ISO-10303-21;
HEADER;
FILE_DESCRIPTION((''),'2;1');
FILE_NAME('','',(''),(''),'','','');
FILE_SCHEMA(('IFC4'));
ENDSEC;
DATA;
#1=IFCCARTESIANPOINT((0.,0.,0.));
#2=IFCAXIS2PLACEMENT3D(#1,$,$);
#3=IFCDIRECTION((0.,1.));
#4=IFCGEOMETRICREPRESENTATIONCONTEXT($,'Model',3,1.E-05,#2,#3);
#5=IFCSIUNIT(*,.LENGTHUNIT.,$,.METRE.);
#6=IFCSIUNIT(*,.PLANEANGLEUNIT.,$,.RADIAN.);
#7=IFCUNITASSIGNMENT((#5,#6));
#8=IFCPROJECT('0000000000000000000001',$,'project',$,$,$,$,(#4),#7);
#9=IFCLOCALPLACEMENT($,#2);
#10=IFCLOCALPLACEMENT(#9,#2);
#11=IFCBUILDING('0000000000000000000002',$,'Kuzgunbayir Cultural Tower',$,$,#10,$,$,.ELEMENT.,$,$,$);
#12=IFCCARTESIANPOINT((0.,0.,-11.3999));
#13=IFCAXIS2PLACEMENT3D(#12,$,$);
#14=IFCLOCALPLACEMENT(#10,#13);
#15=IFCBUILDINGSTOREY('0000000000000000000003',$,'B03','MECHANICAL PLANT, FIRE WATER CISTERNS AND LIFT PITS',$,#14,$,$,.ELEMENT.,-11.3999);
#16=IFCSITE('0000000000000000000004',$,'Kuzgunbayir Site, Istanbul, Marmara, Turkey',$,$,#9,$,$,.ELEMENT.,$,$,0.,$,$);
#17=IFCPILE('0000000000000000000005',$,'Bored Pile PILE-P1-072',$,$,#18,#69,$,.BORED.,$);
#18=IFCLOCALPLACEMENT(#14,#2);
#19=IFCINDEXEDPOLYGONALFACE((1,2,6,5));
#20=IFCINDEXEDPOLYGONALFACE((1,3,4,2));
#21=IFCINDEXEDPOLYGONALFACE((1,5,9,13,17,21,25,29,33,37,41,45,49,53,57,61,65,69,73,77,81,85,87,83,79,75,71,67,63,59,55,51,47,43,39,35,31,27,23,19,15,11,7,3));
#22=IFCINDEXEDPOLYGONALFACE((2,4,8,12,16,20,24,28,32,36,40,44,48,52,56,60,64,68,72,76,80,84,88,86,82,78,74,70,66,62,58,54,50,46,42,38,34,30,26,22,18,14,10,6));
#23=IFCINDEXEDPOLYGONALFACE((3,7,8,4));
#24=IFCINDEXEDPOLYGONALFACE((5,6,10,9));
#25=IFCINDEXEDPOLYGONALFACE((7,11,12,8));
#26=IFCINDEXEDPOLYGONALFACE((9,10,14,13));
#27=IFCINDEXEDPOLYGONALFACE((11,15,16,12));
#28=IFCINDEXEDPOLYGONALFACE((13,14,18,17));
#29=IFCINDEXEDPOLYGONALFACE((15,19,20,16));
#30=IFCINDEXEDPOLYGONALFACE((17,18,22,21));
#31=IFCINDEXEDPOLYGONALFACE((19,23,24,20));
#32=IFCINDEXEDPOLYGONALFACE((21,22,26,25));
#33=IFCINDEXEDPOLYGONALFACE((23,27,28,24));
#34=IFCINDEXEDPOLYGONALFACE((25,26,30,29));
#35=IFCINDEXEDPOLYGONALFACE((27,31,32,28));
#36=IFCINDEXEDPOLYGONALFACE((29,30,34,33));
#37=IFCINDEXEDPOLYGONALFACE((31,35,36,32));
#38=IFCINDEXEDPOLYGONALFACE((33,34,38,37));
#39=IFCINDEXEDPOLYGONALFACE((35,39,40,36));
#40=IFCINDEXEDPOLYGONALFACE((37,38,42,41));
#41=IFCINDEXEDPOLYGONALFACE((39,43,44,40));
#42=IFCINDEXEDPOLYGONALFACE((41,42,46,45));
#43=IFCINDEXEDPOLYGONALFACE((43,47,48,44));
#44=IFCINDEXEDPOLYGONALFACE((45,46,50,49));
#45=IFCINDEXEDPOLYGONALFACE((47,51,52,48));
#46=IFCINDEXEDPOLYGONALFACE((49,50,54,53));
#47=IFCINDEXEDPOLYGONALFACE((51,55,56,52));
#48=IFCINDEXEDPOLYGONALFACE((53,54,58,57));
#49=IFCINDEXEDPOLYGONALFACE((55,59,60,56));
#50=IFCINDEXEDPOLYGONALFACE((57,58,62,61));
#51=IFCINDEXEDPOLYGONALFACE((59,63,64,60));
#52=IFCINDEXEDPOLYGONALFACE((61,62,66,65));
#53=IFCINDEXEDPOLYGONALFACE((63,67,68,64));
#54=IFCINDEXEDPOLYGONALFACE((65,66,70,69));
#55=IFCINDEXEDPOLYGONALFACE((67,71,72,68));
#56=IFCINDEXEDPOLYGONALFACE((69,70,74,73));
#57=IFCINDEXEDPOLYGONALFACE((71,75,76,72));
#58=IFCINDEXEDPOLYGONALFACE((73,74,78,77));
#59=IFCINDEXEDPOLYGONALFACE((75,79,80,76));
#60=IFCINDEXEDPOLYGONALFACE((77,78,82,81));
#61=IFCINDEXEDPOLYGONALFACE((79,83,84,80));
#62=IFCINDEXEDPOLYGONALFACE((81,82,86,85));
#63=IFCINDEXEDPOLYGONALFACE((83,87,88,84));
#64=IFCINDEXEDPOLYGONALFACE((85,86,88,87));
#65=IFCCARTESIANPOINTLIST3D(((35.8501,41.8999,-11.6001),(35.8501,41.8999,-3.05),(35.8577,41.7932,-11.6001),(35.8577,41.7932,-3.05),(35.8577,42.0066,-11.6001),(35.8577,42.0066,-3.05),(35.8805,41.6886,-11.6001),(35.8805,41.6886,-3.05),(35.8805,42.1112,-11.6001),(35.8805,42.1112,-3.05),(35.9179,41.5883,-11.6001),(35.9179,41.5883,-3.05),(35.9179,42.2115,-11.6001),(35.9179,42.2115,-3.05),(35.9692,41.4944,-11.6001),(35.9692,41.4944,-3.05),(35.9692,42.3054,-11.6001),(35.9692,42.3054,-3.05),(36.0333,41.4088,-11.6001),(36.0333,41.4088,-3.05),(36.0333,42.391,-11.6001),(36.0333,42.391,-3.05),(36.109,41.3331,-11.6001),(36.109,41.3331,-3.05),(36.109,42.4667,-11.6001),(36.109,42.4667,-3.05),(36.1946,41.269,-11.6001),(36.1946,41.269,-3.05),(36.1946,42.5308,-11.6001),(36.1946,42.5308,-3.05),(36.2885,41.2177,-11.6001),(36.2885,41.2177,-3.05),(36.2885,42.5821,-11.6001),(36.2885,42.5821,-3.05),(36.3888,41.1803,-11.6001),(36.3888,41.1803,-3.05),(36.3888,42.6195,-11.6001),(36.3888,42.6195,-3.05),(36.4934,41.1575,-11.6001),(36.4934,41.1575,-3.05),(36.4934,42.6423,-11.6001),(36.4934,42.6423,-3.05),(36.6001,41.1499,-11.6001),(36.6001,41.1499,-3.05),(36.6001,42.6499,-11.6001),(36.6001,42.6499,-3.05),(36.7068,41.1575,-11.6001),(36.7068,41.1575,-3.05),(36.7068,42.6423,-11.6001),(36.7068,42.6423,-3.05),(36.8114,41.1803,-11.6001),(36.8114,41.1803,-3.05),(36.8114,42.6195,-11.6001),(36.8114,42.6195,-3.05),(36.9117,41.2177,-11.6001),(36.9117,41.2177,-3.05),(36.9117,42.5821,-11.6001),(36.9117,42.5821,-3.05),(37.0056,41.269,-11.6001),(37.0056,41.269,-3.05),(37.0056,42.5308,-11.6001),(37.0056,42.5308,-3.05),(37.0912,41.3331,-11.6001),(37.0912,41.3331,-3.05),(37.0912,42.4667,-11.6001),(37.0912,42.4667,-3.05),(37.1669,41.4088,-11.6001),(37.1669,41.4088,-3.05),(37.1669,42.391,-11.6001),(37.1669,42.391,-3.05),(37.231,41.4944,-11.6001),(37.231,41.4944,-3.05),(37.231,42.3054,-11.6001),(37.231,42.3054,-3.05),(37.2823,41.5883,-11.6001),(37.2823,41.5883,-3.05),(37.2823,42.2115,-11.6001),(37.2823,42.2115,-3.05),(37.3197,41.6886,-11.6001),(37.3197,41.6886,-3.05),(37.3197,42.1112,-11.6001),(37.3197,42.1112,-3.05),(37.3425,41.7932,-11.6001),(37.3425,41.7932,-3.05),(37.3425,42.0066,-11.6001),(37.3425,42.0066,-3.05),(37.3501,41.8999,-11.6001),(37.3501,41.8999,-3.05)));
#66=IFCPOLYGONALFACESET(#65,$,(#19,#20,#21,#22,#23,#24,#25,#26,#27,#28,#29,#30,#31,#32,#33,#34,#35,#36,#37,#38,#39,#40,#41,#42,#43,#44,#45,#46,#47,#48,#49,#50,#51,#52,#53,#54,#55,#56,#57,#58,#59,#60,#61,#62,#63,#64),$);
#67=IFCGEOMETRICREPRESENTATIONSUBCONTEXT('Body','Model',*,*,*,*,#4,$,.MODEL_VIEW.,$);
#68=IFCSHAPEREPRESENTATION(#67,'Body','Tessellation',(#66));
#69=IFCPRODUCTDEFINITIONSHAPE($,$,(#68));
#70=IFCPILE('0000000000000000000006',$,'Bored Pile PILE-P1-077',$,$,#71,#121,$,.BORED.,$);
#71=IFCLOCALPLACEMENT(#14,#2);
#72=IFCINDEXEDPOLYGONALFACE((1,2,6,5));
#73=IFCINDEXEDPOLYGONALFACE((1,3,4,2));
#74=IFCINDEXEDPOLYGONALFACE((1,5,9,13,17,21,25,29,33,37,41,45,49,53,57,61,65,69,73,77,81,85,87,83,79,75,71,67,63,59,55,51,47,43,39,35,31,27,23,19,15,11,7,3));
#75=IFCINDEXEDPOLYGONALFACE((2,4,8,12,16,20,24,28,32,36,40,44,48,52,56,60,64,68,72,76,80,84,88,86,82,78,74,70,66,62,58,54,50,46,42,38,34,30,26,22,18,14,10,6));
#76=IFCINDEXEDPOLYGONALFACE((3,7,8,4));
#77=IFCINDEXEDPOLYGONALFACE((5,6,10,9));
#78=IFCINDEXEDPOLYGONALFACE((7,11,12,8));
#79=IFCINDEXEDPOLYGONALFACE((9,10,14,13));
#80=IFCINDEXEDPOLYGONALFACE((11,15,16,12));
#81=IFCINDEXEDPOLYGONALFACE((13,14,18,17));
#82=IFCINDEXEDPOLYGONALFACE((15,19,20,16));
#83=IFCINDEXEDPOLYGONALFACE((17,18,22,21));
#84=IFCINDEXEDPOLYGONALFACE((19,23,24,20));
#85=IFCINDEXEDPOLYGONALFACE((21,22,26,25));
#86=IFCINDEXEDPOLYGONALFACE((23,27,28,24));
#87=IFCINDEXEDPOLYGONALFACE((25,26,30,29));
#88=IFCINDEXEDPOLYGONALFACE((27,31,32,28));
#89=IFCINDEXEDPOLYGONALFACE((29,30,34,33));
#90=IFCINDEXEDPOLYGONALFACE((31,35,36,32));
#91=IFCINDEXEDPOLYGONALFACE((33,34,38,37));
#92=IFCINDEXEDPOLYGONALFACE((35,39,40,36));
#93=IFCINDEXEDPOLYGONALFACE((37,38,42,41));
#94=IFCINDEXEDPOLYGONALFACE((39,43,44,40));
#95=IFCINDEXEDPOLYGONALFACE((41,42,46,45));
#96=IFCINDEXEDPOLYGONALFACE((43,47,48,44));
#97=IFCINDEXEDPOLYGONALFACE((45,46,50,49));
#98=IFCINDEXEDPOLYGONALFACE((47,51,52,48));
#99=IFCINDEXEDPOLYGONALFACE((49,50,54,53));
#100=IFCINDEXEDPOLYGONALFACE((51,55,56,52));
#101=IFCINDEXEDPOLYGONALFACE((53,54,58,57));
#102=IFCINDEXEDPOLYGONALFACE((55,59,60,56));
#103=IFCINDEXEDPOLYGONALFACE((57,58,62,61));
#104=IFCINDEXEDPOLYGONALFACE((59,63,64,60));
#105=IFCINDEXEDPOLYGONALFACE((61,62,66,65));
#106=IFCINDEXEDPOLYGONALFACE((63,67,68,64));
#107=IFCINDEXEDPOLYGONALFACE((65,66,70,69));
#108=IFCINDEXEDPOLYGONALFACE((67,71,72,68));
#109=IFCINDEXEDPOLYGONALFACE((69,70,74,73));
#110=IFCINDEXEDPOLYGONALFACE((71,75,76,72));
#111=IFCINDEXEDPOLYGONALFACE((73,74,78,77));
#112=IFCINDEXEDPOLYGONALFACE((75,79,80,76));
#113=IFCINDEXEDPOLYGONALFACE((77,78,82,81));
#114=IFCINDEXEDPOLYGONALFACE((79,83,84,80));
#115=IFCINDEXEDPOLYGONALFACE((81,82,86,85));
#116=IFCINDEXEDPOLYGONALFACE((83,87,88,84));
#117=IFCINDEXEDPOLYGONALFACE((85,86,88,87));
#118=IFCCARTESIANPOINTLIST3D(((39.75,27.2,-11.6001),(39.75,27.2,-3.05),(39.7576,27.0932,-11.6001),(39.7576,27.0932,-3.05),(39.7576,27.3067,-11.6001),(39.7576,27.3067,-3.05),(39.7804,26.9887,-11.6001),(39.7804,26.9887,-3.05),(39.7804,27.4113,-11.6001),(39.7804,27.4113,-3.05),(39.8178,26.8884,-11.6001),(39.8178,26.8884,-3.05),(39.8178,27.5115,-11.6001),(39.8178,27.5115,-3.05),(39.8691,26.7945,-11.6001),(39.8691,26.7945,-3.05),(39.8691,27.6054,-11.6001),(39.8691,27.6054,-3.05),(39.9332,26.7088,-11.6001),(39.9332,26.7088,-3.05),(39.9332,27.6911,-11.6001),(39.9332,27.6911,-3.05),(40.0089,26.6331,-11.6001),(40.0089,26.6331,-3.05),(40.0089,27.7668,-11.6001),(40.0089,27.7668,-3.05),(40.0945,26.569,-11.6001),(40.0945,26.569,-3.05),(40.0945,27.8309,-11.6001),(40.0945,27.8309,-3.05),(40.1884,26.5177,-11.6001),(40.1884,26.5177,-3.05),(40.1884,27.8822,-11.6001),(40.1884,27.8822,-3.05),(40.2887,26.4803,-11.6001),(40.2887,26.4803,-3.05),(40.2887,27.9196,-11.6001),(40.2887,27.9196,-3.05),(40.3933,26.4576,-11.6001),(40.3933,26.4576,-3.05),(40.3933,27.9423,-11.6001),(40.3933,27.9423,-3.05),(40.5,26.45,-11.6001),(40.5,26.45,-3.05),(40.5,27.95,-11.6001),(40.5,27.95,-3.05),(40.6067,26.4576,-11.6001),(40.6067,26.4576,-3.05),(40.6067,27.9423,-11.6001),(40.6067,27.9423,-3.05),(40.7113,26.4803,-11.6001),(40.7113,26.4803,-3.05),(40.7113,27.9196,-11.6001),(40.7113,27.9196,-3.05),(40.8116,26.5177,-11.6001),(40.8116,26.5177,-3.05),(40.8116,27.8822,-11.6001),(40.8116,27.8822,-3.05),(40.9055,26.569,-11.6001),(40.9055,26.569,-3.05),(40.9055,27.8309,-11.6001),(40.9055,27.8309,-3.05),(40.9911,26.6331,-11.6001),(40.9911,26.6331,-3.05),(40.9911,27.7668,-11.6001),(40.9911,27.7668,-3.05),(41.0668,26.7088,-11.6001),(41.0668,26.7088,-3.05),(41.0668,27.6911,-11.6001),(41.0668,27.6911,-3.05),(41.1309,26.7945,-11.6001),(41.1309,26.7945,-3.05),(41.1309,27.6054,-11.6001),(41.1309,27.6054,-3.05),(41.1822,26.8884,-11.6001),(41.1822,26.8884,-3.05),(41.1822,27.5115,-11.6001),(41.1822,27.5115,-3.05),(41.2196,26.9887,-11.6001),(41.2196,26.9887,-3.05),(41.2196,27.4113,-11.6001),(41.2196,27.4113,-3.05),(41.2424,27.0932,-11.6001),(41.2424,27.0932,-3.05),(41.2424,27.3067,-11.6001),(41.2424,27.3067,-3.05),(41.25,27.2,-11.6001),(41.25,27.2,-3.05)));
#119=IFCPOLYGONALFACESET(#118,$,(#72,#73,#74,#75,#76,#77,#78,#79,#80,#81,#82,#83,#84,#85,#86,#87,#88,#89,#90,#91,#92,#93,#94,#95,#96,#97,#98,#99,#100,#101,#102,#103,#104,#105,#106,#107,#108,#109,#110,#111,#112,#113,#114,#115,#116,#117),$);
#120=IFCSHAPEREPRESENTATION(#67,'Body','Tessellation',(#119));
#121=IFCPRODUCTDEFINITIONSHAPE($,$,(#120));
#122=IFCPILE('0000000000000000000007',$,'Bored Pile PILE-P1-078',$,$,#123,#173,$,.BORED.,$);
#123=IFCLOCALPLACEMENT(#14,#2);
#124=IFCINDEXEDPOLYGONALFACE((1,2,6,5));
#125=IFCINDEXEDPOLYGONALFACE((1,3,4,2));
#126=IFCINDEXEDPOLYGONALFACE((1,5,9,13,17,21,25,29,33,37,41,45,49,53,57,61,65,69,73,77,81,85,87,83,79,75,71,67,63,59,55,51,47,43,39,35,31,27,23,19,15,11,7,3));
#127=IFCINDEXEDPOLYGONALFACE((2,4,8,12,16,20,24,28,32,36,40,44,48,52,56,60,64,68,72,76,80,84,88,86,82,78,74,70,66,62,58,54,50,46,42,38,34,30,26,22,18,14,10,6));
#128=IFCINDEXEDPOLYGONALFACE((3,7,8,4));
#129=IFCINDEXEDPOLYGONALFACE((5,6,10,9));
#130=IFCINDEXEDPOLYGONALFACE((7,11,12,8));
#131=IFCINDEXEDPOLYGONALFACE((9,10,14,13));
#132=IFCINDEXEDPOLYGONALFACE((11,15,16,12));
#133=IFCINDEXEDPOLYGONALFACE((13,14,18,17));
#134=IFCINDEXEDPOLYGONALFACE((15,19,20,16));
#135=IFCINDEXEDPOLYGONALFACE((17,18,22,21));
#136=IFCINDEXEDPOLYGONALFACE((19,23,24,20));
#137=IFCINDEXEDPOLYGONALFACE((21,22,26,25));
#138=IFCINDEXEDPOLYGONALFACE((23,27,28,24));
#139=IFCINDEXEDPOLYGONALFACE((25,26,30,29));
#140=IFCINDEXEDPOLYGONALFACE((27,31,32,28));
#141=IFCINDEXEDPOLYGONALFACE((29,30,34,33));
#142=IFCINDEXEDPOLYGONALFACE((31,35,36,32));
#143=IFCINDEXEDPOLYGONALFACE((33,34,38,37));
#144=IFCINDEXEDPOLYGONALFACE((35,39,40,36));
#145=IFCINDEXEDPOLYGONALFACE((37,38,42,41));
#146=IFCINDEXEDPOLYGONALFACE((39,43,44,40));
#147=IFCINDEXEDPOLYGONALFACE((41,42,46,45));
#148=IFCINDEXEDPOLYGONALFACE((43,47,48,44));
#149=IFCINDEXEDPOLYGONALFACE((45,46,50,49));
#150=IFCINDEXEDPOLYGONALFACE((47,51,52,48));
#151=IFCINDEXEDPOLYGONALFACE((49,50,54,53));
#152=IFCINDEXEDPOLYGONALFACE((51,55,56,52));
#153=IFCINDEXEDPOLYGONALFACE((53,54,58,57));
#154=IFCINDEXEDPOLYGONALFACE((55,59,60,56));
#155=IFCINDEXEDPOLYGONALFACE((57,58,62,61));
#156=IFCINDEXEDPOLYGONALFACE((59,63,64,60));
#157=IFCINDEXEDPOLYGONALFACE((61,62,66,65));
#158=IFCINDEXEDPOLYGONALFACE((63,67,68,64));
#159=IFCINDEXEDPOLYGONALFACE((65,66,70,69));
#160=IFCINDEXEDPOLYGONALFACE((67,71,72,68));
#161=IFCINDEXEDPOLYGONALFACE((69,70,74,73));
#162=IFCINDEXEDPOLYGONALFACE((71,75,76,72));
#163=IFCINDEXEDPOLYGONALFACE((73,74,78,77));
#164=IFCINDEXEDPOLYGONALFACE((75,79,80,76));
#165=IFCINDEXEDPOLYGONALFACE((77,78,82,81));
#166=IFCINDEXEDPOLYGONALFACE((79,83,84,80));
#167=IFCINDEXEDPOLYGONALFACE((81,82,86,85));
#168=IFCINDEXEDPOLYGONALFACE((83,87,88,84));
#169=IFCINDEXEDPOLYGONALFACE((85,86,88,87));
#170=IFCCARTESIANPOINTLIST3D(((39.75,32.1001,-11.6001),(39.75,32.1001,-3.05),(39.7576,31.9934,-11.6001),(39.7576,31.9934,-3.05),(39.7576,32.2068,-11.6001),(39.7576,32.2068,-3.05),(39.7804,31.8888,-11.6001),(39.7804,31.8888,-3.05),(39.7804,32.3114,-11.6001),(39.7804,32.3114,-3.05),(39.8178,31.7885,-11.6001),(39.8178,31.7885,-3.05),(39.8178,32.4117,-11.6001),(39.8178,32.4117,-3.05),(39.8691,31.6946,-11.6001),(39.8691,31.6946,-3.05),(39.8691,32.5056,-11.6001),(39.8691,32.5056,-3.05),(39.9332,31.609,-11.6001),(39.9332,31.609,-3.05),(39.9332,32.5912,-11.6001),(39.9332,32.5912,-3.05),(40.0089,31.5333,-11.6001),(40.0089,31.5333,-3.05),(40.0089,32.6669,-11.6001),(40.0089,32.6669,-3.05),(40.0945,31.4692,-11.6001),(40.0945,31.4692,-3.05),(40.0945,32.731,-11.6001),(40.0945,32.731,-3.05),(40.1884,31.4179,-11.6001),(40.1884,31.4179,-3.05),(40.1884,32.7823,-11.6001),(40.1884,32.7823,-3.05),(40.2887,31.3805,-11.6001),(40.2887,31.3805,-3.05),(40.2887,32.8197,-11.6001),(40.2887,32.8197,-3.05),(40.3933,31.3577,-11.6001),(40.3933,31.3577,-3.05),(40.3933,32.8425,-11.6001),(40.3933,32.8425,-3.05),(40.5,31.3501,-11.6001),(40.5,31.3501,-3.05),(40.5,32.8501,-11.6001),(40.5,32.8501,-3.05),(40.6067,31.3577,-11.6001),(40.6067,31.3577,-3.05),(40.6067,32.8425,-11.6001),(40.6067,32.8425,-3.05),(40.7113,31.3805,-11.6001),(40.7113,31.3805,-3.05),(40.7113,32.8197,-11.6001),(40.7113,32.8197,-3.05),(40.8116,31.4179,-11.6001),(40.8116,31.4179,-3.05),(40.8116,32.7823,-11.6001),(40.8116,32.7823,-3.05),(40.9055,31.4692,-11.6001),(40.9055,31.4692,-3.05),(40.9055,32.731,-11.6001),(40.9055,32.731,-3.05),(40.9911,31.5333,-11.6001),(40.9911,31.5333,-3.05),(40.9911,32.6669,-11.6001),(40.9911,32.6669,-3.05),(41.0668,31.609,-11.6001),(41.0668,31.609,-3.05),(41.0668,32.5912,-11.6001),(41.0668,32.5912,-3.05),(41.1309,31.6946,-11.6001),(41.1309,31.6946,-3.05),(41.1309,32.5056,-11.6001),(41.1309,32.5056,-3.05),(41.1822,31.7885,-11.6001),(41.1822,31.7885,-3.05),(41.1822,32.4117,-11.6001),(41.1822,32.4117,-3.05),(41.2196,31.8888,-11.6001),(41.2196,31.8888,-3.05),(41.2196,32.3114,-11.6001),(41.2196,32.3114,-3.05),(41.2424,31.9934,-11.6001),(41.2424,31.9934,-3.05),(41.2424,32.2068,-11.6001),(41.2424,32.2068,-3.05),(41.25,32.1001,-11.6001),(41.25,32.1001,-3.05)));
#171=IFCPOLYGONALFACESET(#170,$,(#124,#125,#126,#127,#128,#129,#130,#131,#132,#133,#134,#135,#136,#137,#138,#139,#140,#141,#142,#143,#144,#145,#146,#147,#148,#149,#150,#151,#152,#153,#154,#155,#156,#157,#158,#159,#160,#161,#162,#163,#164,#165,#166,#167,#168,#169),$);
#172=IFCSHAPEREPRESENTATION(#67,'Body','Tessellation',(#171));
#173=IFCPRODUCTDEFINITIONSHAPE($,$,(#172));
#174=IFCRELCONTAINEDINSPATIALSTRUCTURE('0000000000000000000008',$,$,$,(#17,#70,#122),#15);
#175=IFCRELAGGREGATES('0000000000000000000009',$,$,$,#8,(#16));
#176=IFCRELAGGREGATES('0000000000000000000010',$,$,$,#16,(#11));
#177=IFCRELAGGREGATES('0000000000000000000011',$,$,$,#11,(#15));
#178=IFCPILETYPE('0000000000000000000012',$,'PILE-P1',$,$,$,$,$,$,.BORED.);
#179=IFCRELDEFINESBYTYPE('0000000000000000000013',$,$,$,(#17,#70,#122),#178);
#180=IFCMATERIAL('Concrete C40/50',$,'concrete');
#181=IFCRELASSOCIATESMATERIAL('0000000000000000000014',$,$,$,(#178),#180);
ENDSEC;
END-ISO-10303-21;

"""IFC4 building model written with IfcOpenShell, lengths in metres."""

from ifc_helpers import new_model, si_unit, direction, frame, origin, origin_2d, place, context, subcontext, project, spatial, circle, extrude, material, material_profile, profile_set, type_object, element, save


model = new_model("IFC4")

# Units and contexts
model_context = context("Model", 3, precision=1e-05, world=origin(), true_north=direction((0.0, 1.0)))
body_context = subcontext(model_context, "Body", "Model", "MODEL_VIEW")
ifc_project = project(units=[si_unit("LENGTHUNIT", "METRE"), si_unit("PLANEANGLEUNIT", "RADIAN")], contexts=[model_context])

# Site, building, storey
site_placement = place(None, origin())
site = spatial("IfcSite", under=ifc_project, at=site_placement, Name="Kuzgunbayir Site, Istanbul, Marmara, Turkey", CompositionType="ELEMENT", RefElevation=0.0)
building_placement = place(site_placement, origin())
building = spatial("IfcBuilding", under=site, at=building_placement, Name="Kuzgunbayir Cultural Tower", CompositionType="ELEMENT")
storey_placement = place(building_placement, frame((0.0, 0.0, -11.3999)))
storey = spatial("IfcBuildingStorey", under=building, at=storey_placement, Name="B03", Description="MECHANICAL PLANT, FIRE WATER CISTERNS AND LIFT PITS", CompositionType="ELEMENT", Elevation=-11.3999)

# Piles
ifc_material_1 = material(Name="Concrete C40/50", Category="concrete")
ifc_material_profile_1 = material_profile(ifc_material_1, circle(Radius=0.75, at=origin_2d()), Name="BORED PILE 1500")
ifc_profile_set_1 = profile_set([ifc_material_profile_1], Name="Concrete C40/50")
pile_type_1 = type_object("IfcPileType", Name="PILE-P1", PredefinedType="BORED", material=ifc_profile_set_1)
for number, where, z_axis, x_axis, name in (
    (1, (36.6001, 41.8999, -3.05), (0.0, 0.0, -1.0), (1.0, 0.0, 0.0), "Bored Pile PILE-P1-072"),
    (2, (40.5, 27.2, -3.05), (0.0, 0.0, -1.0), (1.0, 0.0, 0.0), "Bored Pile PILE-P1-077"),
    (3, (40.5, 32.1001, -3.05), (0.0, 0.0, -1.0), (1.0, 0.0, 0.0), "Bored Pile PILE-P1-078"),
):
    element("IfcPile", number, at=place(storey_placement, frame(where, z_axis=z_axis, x_axis=x_axis)), inside=storey, type_object=pile_type_1, Name=name, PredefinedType="BORED", context=body_context, shape_type="SweptSolid", body=[
        extrude(circle(Radius=0.75, at=origin_2d()), origin(), (0.0, 0.0, 1.0), 8.55),
    ])

save(model, "model.ifc")
